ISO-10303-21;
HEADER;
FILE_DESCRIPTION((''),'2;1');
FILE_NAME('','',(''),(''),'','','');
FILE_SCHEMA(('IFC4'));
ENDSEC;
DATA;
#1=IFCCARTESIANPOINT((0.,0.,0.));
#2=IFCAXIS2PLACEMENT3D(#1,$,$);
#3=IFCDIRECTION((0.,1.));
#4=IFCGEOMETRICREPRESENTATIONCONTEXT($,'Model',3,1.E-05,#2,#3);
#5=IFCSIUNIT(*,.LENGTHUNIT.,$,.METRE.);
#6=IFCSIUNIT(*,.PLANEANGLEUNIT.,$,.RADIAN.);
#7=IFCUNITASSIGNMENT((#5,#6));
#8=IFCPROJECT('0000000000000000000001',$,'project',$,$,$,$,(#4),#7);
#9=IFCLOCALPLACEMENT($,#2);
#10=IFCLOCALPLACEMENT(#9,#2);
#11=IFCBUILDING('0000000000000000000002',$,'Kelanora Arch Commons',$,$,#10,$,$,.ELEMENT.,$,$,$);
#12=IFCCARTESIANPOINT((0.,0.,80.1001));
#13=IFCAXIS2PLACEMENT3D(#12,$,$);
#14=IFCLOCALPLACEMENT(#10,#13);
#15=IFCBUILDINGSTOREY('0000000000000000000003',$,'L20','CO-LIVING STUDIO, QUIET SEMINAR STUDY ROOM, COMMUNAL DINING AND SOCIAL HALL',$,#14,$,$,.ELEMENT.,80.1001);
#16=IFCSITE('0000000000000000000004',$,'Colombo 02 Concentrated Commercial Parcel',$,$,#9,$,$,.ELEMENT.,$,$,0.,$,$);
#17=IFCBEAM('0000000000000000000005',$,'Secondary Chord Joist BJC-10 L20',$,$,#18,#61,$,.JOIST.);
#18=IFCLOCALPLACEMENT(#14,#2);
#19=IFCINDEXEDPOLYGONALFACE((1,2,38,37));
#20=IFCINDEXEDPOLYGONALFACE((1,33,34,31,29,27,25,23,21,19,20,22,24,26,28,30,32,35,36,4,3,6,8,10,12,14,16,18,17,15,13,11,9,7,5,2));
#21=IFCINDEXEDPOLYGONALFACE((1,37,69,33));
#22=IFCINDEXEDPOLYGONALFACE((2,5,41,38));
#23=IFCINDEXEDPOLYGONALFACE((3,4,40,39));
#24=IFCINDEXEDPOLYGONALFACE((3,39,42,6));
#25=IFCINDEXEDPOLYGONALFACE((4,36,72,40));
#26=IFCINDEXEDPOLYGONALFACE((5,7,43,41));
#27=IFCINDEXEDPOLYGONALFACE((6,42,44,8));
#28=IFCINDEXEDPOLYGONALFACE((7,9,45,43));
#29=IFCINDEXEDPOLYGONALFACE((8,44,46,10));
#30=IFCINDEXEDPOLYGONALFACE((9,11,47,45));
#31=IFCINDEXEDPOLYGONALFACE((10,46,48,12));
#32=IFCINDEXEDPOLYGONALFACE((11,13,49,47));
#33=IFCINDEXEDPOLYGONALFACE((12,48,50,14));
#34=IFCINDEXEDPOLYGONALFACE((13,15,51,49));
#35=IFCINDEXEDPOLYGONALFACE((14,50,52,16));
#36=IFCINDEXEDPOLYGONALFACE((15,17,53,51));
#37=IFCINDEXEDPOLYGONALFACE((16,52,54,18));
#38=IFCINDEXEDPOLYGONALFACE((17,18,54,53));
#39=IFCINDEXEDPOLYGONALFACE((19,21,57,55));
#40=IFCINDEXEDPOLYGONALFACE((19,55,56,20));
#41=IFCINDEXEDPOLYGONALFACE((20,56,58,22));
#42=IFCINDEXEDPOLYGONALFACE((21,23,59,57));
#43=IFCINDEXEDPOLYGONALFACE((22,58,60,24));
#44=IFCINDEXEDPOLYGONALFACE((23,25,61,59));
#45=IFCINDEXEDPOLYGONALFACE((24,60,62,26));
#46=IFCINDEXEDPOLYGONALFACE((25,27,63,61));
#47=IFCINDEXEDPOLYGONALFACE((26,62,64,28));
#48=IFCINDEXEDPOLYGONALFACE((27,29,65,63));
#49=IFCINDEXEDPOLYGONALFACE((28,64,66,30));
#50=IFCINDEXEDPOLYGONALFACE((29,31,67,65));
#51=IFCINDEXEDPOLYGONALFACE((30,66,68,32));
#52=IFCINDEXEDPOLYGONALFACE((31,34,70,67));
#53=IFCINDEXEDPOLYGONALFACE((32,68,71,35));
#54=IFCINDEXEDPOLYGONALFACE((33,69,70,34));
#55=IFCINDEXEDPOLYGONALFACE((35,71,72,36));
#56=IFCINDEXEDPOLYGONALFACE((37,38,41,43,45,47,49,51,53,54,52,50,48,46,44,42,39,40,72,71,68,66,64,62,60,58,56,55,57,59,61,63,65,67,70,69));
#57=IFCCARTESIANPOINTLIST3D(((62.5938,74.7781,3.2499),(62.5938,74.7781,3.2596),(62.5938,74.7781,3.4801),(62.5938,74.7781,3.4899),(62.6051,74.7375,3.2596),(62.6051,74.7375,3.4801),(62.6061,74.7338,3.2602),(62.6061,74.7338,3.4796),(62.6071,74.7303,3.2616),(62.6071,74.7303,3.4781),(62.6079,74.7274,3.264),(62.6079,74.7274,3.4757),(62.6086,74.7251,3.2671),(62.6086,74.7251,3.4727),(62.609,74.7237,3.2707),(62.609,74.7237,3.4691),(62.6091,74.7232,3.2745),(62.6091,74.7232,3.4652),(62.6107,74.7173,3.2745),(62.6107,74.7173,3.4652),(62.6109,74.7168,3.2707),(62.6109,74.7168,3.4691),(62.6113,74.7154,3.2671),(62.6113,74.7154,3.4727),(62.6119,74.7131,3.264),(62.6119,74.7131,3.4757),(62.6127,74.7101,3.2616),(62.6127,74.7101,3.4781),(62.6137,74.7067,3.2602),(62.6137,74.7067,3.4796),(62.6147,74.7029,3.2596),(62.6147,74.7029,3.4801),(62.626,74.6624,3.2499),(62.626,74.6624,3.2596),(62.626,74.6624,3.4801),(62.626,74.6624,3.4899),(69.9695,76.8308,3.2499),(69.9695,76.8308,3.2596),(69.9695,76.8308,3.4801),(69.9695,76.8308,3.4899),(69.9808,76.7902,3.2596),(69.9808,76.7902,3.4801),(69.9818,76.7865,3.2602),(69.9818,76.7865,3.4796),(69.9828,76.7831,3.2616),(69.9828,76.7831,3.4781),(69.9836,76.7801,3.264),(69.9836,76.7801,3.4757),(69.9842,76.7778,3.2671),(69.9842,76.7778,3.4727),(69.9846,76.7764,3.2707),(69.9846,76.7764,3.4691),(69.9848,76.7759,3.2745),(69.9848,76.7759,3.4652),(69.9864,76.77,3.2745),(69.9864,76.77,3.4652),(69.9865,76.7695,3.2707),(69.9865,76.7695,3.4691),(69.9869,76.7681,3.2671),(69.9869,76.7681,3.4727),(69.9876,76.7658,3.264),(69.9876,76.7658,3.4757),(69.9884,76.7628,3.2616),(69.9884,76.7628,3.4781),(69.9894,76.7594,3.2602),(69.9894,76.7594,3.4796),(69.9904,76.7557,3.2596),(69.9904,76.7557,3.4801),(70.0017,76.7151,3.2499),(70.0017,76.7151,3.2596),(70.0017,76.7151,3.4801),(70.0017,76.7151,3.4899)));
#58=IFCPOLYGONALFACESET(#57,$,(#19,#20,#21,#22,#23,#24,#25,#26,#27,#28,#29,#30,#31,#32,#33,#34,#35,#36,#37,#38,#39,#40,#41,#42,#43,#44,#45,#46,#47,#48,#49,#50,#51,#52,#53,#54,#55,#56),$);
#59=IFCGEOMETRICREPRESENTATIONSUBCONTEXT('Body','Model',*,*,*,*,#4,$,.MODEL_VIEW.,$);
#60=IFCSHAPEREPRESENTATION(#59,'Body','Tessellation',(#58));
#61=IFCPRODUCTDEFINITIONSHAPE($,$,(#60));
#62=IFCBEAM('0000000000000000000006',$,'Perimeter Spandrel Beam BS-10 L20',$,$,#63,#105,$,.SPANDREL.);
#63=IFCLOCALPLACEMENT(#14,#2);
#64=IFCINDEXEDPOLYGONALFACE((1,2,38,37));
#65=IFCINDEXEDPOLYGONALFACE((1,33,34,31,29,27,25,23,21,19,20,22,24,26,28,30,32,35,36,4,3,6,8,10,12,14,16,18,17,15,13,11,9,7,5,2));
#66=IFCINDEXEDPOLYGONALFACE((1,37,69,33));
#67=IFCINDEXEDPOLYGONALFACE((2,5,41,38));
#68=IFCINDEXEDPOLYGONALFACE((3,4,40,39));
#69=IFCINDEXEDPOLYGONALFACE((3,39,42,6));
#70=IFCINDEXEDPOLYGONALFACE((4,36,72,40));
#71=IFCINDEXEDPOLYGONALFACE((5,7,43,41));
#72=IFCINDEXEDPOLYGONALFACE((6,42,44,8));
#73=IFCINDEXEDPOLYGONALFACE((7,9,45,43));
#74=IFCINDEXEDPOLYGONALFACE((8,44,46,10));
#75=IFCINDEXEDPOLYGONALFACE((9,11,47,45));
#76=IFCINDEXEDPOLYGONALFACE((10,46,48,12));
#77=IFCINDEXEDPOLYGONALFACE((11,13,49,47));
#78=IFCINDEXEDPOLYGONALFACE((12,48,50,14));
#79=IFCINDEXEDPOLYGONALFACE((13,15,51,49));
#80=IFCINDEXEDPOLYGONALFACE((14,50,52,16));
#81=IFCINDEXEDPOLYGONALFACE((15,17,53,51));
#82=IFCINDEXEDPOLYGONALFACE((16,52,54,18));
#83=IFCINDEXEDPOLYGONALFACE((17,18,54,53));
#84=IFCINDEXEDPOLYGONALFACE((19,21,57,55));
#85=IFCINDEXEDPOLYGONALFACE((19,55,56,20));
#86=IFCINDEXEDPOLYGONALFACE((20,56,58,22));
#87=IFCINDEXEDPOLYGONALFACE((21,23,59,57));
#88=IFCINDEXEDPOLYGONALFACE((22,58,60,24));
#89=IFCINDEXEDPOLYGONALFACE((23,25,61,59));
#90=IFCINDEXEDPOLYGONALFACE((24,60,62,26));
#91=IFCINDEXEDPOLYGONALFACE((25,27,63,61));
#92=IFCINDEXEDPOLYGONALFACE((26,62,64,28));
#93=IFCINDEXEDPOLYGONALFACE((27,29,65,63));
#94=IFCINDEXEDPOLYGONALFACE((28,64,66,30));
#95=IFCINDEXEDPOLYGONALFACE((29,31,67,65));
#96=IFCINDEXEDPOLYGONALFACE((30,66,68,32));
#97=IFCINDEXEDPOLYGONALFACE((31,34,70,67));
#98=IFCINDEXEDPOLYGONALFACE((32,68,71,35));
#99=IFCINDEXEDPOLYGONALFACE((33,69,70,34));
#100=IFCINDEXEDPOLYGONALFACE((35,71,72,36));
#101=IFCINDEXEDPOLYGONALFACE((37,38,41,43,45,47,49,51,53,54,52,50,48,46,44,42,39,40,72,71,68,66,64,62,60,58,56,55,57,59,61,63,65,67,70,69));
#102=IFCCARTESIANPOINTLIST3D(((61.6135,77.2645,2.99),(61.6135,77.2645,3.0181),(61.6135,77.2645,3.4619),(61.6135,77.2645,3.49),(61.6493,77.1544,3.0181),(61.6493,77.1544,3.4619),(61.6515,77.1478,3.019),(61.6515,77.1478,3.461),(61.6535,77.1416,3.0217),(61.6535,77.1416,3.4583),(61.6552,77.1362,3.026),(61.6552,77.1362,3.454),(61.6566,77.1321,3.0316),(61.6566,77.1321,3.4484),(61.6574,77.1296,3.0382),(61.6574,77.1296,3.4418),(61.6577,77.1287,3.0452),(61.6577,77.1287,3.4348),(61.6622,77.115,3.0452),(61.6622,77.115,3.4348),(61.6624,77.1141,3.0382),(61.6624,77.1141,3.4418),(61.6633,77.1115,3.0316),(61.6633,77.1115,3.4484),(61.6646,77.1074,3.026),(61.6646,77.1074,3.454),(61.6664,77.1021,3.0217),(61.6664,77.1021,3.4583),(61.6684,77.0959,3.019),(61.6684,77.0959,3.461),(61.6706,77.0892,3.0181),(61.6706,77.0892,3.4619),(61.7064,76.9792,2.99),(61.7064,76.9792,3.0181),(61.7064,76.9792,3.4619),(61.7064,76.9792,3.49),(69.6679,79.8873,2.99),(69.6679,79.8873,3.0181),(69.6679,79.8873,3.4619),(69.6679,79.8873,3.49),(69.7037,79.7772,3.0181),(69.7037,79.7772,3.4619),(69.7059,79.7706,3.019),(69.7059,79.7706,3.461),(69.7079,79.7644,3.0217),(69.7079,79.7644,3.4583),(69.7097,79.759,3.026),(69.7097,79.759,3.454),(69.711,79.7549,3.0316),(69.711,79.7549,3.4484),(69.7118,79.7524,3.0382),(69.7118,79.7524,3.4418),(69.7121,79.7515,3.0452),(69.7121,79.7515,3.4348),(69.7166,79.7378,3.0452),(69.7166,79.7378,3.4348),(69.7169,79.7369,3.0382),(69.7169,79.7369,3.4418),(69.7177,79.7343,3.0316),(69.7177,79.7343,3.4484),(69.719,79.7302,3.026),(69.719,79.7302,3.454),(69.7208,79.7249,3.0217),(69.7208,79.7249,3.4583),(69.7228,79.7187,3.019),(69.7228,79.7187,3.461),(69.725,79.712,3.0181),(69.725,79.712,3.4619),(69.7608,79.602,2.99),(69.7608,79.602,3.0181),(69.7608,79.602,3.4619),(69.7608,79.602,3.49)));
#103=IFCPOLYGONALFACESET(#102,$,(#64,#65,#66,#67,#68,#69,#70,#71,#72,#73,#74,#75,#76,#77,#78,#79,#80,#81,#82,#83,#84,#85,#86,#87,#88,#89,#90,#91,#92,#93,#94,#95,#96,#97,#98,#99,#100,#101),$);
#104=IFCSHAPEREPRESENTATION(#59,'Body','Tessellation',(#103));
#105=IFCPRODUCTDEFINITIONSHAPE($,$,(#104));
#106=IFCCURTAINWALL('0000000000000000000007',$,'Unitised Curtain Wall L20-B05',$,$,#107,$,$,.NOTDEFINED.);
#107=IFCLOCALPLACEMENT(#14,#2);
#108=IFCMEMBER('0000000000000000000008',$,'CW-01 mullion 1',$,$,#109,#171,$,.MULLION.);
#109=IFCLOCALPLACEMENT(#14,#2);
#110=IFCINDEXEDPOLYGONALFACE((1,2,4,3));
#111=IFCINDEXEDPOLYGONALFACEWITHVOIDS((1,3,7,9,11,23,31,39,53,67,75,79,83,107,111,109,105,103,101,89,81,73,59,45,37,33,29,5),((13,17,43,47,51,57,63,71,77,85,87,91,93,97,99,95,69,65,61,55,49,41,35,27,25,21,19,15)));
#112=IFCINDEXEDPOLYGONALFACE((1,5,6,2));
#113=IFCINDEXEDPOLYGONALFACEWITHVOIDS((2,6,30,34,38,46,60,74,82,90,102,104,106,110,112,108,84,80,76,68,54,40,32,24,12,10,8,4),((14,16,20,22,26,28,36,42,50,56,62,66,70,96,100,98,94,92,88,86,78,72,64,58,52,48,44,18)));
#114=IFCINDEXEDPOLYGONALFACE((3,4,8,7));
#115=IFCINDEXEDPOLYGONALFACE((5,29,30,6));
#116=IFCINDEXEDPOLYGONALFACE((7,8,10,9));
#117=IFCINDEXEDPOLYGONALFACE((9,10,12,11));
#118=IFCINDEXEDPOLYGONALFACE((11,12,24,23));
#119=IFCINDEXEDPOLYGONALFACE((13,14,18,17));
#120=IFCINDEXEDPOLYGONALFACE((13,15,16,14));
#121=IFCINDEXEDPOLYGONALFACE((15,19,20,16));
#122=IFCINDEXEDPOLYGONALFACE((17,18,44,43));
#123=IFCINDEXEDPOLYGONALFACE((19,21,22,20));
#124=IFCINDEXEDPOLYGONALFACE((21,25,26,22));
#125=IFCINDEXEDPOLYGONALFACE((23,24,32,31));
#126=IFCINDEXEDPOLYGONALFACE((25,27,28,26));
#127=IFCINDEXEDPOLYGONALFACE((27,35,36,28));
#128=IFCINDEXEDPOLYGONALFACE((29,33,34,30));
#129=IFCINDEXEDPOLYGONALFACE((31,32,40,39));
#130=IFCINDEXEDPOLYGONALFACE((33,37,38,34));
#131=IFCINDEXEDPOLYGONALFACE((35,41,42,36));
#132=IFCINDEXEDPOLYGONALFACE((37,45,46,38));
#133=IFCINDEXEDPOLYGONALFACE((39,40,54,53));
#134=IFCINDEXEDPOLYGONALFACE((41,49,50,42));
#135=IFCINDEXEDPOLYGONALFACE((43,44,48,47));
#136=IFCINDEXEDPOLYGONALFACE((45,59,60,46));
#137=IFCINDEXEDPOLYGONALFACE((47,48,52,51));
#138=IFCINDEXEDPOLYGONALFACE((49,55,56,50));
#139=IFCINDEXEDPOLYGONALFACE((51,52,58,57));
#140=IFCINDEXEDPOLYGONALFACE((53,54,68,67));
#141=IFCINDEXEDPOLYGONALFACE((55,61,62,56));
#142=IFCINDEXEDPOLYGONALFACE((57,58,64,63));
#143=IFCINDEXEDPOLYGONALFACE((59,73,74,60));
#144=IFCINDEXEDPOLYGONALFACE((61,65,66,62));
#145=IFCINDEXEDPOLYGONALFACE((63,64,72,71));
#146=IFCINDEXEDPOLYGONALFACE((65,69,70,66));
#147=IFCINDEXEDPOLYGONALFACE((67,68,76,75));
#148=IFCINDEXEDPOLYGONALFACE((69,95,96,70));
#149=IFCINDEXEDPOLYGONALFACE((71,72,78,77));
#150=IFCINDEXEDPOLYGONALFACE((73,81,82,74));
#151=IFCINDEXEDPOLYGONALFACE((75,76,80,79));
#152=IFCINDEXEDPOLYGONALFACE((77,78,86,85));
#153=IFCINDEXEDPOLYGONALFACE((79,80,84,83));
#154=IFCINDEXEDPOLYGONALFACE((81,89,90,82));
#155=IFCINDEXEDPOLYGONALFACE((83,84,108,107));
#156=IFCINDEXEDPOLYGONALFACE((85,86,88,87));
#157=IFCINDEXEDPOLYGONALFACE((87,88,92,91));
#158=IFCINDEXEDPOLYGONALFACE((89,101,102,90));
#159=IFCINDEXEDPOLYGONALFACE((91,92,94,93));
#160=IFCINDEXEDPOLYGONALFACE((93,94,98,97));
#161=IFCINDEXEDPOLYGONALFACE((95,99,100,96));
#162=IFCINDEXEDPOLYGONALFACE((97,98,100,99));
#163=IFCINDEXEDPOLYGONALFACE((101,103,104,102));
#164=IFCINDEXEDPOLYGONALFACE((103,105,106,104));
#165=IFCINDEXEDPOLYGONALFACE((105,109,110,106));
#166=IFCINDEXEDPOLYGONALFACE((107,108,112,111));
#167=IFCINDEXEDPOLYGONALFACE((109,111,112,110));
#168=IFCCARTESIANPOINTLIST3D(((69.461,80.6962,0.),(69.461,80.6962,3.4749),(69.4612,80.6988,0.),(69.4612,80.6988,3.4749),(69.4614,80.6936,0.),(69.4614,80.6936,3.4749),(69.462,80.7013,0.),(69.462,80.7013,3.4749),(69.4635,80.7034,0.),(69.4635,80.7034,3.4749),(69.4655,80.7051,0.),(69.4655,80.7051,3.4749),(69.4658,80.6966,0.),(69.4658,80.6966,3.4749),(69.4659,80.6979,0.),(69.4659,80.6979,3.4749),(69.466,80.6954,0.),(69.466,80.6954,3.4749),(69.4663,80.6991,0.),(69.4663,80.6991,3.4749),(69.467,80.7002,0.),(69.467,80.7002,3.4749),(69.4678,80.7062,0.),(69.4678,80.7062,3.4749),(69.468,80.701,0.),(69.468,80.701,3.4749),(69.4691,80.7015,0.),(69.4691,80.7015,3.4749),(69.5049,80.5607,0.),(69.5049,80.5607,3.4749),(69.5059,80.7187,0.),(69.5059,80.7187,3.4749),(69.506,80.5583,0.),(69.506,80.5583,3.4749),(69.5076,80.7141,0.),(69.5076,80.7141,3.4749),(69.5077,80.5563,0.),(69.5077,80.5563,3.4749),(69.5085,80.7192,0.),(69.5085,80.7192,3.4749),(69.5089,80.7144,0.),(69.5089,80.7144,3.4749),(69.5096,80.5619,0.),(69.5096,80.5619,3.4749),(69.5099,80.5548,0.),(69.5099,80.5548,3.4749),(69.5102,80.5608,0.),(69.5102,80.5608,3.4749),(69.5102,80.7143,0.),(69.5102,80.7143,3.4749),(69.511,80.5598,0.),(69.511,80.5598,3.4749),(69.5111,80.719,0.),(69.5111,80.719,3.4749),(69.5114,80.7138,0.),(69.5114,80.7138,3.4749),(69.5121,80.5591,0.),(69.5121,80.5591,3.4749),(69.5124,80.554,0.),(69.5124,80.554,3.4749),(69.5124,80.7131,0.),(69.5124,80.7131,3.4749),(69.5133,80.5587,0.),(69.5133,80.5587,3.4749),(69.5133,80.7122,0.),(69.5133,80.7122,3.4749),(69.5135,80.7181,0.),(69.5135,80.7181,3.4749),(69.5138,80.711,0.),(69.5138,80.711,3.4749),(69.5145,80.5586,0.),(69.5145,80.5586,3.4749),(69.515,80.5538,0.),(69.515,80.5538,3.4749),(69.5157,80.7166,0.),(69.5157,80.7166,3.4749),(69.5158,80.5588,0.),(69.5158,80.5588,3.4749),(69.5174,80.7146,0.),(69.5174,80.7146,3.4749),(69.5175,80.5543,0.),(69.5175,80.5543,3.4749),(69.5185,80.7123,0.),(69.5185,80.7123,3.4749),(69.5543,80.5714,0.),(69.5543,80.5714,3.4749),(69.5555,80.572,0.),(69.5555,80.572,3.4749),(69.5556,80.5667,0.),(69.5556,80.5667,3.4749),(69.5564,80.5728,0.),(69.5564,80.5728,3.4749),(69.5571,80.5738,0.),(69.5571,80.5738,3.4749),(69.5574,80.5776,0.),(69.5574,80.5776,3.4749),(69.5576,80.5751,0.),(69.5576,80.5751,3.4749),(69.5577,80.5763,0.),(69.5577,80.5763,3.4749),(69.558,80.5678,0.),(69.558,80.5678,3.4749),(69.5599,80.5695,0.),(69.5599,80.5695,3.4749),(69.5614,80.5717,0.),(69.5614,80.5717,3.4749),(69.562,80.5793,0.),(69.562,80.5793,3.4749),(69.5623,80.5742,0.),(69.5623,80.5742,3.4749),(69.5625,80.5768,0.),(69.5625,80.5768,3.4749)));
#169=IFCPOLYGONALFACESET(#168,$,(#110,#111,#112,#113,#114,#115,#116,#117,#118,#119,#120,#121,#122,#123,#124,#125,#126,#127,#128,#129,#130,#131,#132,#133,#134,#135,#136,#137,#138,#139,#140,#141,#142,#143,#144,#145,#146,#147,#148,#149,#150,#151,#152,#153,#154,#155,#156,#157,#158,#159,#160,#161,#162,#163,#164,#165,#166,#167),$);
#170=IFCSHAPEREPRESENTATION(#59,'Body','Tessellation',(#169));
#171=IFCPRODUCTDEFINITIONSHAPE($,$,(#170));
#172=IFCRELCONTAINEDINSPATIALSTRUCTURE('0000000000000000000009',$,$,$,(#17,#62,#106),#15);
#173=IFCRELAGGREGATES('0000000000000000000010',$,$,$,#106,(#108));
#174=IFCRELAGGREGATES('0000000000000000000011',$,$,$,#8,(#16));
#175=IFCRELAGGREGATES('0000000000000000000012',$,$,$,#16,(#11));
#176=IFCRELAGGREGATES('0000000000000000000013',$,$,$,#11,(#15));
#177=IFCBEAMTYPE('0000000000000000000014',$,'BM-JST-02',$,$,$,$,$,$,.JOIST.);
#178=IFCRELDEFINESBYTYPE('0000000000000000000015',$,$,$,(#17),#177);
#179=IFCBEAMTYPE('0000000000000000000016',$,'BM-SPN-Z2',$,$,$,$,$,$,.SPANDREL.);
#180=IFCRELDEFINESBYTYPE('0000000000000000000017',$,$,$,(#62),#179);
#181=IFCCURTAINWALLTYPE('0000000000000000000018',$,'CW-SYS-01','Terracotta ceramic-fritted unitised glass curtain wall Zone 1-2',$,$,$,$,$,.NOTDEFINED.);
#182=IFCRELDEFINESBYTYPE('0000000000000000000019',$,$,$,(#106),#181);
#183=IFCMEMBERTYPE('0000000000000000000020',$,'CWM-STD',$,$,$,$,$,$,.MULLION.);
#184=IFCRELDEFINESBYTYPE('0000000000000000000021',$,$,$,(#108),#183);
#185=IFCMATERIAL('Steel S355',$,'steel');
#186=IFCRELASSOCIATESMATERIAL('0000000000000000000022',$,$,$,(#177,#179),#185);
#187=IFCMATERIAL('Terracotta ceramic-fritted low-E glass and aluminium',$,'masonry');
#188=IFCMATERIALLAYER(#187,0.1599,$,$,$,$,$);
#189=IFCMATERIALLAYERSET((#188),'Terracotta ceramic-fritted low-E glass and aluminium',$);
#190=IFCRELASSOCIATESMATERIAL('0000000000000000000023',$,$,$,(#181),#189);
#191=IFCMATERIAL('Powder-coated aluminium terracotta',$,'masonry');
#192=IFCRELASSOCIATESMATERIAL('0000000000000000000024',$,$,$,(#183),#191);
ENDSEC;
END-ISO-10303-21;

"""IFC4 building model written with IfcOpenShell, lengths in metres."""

from ifc_helpers import new_model, si_unit, direction, frame, origin, origin_2d, place, context, subcontext, project, spatial, hollow_rectangle, i_section, extrude, material, layer, layer_set, material_profile, profile_set, type_object, element, aggregate, save


model = new_model("IFC4")

# Units and contexts
model_context = context("Model", 3, precision=1e-05, world=origin(), true_north=direction((0.0, 1.0)))
body_context = subcontext(model_context, "Body", "Model", "MODEL_VIEW")
ifc_project = project(units=[si_unit("LENGTHUNIT", "METRE"), si_unit("PLANEANGLEUNIT", "RADIAN")], contexts=[model_context])

# Site, building, storey
site_placement = place(None, origin())
site = spatial("IfcSite", under=ifc_project, at=site_placement, Name="Colombo 02 Concentrated Commercial Parcel", CompositionType="ELEMENT", RefElevation=0.0)
building_placement = place(site_placement, origin())
building = spatial("IfcBuilding", under=site, at=building_placement, Name="Kelanora Arch Commons", CompositionType="ELEMENT")
storey_placement = place(building_placement, frame((0.0, 0.0, 80.1001)))
storey = spatial("IfcBuildingStorey", under=building, at=storey_placement, Name="L20", Description="CO-LIVING STUDIO, QUIET SEMINAR STUDY ROOM, COMMUNAL DINING AND SOCIAL HALL", CompositionType="ELEMENT", Elevation=80.1001)

# Beams
ifc_material_1 = material(Name="Steel S355", Category="steel")
ifc_material_profile_1 = material_profile(ifc_material_1, i_section(OverallWidth=0.1201, OverallDepth=0.24, WebThickness=0.0061, FlangeThickness=0.0098, FilletRadius=0.0149, at=origin_2d()), Name="IPE240")
ifc_profile_set_1 = profile_set([ifc_material_profile_1], Name="Steel S355")
beam_type_1 = type_object("IfcBeamType", Name="BM-JST-02", PredefinedType="JOIST", material=ifc_profile_set_1)
beam_1_placement = place(storey_placement, frame((69.9856, 76.7729, 3.3699), z_axis=(-0.963386, -0.268119, 0.0), x_axis=(0.268119, -0.963386, 0.0)))
element("IfcBeam", 1, at=beam_1_placement, inside=storey, type_object=beam_type_1, Name="Secondary Chord Joist BJC-10 L20", PredefinedType="JOIST", context=body_context, shape_type="SweptSolid", body=[
    extrude(i_section(OverallWidth=0.1201, OverallDepth=0.24, WebThickness=0.0061, FlangeThickness=0.0098, FilletRadius=0.0149, at=origin_2d()), origin(), (0.0, 0.0, 1.0), 7.656),
])
ifc_material_profile_2 = material_profile(ifc_material_1, i_section(OverallWidth=0.3, OverallDepth=0.5, WebThickness=0.0144, FlangeThickness=0.0281, FilletRadius=0.0271, at=origin_2d()), Name="HEB500")
ifc_profile_set_2 = profile_set([ifc_material_profile_2], Name="Steel S355")
beam_type_2 = type_object("IfcBeamType", Name="BM-SPN-Z2", PredefinedType="SPANDREL", material=ifc_profile_set_2)
beam_2_placement = place(storey_placement, frame((69.7144, 79.7446, 3.24), z_axis=(-0.950857, -0.309631, 0.0), x_axis=(0.309631, -0.950857, 0.0)))
element("IfcBeam", 2, at=beam_2_placement, inside=storey, type_object=beam_type_2, Name="Perimeter Spandrel Beam BS-10 L20", PredefinedType="SPANDREL", context=body_context, shape_type="SweptSolid", body=[
    extrude(i_section(OverallWidth=0.3, OverallDepth=0.5, WebThickness=0.0144, FlangeThickness=0.0281, FilletRadius=0.0271, at=origin_2d()), origin(), (0.0, 0.0, 1.0), 8.4707),
])

# Curtain wall, member
ifc_material_2 = material(Name="Terracotta ceramic-fritted low-E glass and aluminium", Category="masonry")
ifc_layer_1 = layer(ifc_material_2, 0.1599)
ifc_layer_set_1 = layer_set([ifc_layer_1], Name="Terracotta ceramic-fritted low-E glass and aluminium")
curtain_wall_type = type_object("IfcCurtainWallType", Name="CW-SYS-01", Description="Terracotta ceramic-fritted unitised glass curtain wall Zone 1-2", PredefinedType="NOTDEFINED", material=ifc_layer_set_1)
curtain_wall_placement = place(storey_placement, origin())
curtain_wall = element("IfcCurtainWall", 3, at=curtain_wall_placement, inside=storey, type_object=curtain_wall_type, Name="Unitised Curtain Wall L20-B05", PredefinedType="NOTDEFINED")
ifc_material_3 = material(Name="Powder-coated aluminium terracotta", Category="masonry")
ifc_material_profile_3 = material_profile(ifc_material_3, hollow_rectangle(XDim=0.1599, YDim=0.0601, WallThickness=0.0049, InnerFilletRadius=0.0049, OuterFilletRadius=0.01, at=origin_2d()), Name="CWM160x60")
ifc_profile_set_3 = profile_set([ifc_material_profile_3], Name="Powder-coated aluminium terracotta")
member_type_1 = type_object("IfcMemberType", Name="CWM-STD", PredefinedType="MULLION", material=ifc_profile_set_3)
member_1_placement = place(storey_placement, frame((69.5117, 80.6365, 0.0), z_axis=(0.0, 0.0, 1.0), x_axis=(0.310805, -0.950474, 0.0)))
member_1 = element("IfcMember", 4, at=member_1_placement, type_object=member_type_1, Name="CW-01 mullion 1", PredefinedType="MULLION", context=body_context, shape_type="SweptSolid", body=[
    extrude(hollow_rectangle(XDim=0.1599, YDim=0.0601, WallThickness=0.0049, InnerFilletRadius=0.0049, OuterFilletRadius=0.01, at=origin_2d()), origin(), (0.0, 0.0, 1.0), 3.4749),
])
aggregate(curtain_wall, [member_1])

save(model, "model.ifc")
